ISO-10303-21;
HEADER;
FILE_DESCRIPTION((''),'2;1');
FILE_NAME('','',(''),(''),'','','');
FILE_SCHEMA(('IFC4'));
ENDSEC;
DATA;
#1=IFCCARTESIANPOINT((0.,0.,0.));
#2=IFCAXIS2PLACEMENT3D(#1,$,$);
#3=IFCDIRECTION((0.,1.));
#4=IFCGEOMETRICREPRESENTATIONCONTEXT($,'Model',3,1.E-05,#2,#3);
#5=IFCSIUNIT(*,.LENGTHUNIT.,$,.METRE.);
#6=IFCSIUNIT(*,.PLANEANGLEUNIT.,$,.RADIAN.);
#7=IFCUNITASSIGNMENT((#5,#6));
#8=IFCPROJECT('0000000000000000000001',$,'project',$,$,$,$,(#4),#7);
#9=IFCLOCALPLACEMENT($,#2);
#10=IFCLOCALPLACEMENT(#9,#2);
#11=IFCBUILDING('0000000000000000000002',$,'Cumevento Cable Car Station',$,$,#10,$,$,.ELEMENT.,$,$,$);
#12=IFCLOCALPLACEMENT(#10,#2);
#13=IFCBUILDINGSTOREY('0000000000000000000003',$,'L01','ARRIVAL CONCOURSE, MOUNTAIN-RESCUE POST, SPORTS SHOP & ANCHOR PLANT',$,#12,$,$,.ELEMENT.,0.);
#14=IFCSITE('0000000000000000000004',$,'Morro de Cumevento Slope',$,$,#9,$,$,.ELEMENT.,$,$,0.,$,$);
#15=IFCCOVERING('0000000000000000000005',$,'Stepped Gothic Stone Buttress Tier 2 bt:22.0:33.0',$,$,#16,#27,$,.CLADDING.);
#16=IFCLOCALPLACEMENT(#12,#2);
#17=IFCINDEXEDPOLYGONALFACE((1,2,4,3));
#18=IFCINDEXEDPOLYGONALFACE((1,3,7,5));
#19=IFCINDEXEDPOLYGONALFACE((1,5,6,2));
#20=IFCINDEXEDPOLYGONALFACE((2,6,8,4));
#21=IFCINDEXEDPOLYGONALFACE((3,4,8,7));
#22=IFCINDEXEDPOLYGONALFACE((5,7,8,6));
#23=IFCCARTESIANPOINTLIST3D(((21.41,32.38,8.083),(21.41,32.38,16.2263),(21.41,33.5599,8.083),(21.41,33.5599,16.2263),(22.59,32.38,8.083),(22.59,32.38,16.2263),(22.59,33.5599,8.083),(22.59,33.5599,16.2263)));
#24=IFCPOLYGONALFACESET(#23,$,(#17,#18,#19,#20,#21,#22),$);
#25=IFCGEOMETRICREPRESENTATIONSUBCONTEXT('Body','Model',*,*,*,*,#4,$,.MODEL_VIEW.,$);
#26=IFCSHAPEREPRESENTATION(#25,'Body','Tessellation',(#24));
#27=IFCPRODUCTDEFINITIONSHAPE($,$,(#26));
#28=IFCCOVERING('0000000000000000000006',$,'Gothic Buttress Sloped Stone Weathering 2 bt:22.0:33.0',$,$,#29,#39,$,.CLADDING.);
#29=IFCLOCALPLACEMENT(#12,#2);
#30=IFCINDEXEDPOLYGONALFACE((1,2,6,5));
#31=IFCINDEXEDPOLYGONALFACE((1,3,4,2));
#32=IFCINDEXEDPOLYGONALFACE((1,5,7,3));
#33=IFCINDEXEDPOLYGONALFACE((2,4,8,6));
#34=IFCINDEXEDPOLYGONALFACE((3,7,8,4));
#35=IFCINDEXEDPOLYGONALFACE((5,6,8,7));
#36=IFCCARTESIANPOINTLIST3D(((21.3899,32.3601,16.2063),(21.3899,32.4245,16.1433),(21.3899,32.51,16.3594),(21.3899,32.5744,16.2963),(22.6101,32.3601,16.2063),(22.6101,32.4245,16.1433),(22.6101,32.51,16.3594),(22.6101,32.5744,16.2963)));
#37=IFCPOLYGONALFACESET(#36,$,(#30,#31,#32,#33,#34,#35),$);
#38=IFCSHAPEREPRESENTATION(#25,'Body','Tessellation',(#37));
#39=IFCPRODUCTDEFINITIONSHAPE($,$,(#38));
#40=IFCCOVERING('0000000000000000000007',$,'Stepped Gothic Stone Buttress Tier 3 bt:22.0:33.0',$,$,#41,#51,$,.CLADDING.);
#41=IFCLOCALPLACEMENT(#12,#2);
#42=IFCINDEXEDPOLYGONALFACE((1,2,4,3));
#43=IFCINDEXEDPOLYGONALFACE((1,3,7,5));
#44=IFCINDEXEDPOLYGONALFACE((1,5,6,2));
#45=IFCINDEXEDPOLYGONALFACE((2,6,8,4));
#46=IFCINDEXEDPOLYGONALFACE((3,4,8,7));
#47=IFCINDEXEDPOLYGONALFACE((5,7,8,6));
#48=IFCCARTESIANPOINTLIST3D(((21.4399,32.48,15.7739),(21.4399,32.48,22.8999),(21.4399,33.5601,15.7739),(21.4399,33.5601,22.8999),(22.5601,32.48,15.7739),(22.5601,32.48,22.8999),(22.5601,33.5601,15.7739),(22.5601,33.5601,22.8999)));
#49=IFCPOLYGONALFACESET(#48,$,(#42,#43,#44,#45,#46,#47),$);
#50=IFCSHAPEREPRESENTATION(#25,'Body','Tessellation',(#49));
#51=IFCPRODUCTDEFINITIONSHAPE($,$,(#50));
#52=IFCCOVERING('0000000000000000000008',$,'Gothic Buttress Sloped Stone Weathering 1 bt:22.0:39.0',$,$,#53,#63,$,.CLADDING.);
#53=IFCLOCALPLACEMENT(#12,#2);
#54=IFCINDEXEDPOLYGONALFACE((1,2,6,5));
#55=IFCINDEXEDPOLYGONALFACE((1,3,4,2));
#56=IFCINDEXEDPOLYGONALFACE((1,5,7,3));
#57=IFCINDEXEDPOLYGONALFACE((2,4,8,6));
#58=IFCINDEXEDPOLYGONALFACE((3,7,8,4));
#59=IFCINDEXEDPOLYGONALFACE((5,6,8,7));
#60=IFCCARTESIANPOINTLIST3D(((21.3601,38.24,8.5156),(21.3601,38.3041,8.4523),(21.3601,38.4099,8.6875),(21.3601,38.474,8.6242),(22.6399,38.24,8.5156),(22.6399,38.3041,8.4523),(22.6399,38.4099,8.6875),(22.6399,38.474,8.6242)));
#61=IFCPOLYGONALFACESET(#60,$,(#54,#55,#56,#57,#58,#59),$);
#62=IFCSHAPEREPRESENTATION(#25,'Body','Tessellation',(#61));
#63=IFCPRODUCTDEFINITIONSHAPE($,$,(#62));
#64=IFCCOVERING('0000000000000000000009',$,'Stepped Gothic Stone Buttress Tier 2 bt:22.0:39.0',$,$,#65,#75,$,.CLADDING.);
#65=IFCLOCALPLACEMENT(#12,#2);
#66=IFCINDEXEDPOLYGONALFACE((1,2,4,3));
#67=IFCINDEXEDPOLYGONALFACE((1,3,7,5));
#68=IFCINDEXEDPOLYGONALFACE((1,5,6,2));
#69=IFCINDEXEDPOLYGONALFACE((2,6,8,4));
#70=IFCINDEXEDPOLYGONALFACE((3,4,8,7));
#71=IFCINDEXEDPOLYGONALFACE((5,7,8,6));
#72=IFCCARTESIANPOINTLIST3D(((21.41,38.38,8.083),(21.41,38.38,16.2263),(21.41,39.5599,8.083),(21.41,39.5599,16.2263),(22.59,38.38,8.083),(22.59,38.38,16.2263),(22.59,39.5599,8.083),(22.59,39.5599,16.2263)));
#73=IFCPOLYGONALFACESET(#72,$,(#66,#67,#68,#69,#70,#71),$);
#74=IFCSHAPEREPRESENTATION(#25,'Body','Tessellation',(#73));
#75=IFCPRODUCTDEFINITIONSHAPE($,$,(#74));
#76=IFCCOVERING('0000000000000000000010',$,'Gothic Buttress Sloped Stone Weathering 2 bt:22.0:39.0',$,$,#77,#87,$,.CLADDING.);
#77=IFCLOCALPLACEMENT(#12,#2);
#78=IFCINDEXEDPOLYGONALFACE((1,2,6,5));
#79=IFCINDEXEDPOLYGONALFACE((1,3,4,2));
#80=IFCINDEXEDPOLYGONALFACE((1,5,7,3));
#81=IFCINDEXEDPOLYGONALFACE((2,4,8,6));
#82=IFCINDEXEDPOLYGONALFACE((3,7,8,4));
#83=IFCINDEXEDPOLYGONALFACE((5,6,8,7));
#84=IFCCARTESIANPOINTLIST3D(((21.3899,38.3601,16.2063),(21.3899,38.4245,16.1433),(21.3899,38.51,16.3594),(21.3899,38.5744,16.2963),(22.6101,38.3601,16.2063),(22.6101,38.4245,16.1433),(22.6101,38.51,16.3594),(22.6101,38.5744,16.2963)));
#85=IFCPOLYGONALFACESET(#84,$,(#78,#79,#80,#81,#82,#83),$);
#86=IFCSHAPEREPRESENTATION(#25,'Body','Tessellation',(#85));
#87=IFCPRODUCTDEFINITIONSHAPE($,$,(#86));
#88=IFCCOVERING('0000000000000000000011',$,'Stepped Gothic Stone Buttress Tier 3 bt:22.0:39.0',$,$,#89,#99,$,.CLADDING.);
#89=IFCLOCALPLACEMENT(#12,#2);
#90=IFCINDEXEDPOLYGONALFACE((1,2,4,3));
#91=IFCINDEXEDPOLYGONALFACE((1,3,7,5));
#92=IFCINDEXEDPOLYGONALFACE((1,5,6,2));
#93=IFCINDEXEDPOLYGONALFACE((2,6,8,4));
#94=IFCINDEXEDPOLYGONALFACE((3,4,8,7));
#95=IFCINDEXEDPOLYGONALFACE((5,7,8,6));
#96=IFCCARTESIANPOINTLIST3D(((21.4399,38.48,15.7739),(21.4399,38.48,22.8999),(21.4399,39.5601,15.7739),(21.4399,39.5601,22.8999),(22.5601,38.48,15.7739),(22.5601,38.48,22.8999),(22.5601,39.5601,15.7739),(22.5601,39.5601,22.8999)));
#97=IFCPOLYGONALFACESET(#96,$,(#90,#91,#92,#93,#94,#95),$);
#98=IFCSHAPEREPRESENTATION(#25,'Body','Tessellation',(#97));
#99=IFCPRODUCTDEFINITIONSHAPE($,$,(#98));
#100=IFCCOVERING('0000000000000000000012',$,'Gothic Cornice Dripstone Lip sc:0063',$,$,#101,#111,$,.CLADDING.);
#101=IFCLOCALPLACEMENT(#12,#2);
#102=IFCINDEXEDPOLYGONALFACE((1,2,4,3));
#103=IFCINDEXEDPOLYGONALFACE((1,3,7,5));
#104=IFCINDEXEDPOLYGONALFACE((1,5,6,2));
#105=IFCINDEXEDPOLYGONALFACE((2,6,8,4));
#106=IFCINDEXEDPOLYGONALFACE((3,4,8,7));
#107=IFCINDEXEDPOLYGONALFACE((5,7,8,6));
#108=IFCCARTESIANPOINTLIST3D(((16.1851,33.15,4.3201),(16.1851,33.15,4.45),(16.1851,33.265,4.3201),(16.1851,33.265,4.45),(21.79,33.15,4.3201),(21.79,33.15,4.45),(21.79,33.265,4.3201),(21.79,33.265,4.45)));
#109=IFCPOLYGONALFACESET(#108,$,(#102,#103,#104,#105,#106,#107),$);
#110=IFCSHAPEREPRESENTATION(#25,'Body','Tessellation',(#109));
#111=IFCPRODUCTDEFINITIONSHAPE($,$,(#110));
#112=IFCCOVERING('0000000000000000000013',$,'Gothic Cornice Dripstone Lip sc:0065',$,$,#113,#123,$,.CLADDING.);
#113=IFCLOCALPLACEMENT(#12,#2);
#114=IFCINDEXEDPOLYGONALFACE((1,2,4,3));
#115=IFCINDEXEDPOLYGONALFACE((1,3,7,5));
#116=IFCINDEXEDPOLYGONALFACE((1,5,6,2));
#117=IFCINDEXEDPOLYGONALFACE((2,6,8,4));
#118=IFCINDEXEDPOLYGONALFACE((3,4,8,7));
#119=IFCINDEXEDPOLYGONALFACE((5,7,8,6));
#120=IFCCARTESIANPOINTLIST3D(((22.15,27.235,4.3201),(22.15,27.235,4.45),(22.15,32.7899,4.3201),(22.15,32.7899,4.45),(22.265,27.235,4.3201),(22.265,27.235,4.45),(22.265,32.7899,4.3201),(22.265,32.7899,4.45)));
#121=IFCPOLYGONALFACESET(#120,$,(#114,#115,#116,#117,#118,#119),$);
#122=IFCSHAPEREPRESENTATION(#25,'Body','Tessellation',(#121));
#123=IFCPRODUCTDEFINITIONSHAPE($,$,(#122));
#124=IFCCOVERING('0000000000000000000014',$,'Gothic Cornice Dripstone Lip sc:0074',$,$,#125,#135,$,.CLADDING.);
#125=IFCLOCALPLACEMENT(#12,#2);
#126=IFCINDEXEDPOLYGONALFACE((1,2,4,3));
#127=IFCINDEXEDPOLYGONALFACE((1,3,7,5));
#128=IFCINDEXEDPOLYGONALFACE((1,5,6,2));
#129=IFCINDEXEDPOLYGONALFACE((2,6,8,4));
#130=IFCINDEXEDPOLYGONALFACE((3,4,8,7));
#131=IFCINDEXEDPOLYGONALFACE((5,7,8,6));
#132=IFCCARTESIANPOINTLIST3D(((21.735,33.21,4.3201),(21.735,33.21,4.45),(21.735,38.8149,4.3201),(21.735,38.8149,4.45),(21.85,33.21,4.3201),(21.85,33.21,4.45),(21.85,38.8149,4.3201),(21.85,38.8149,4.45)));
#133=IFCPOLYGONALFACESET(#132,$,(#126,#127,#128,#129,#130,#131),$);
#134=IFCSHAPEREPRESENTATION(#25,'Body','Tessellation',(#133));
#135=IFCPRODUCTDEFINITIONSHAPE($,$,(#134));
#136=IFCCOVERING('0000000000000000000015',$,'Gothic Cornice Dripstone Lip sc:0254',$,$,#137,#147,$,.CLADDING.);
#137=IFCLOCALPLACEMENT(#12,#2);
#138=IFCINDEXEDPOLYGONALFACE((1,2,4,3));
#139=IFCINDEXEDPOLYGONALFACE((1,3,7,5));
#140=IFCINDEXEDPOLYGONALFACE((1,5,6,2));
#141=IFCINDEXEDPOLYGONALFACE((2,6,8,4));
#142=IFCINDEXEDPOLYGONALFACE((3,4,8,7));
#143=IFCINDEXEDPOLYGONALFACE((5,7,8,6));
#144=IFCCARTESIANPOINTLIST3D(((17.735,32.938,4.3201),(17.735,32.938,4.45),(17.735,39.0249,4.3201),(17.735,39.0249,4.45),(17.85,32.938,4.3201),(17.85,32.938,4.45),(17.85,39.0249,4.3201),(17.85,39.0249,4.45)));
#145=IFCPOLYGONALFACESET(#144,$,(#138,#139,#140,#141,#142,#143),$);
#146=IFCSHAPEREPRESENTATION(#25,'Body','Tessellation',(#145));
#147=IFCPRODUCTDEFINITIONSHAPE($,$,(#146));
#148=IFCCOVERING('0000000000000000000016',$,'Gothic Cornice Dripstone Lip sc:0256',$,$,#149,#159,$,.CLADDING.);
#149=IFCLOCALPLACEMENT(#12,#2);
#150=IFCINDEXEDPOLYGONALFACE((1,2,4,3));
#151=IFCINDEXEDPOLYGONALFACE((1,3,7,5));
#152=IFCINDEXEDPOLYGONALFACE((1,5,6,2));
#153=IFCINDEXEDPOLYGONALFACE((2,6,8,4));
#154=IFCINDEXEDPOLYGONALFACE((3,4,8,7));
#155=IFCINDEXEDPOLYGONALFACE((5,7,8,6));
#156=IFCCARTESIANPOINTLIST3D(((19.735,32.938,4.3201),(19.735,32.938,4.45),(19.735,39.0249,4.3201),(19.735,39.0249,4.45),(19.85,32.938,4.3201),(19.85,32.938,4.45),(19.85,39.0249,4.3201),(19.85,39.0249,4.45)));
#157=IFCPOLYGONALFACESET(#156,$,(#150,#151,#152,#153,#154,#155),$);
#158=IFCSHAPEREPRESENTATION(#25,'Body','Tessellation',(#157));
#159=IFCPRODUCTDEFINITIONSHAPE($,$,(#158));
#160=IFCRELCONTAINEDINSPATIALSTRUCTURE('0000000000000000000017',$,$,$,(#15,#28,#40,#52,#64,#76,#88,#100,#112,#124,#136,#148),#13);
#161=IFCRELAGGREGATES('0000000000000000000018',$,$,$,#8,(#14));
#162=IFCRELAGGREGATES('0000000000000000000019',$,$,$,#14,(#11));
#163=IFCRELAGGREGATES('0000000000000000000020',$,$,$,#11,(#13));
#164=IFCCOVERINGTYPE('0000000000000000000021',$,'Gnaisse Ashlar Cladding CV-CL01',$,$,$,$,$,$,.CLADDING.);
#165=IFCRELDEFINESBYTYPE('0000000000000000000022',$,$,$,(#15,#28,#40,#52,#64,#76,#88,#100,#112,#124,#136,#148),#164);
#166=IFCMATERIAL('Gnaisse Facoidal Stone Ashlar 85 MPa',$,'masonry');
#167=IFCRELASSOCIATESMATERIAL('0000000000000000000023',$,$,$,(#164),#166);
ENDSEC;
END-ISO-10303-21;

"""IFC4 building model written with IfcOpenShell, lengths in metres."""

from ifc_helpers import new_model, si_unit, direction, frame, origin, origin_2d, place, context, subcontext, project, spatial, polyline, rectangle, outline, extrude, material, type_object, element, save


model = new_model("IFC4")

# Units and contexts
model_context = context("Model", 3, precision=1e-05, world=origin(), true_north=direction((0.0, 1.0)))
body_context = subcontext(model_context, "Body", "Model", "MODEL_VIEW")
ifc_project = project(units=[si_unit("LENGTHUNIT", "METRE"), si_unit("PLANEANGLEUNIT", "RADIAN")], contexts=[model_context])

# Site, building, storey
site_placement = place(None, origin())
site = spatial("IfcSite", under=ifc_project, at=site_placement, Name="Morro de Cumevento Slope", CompositionType="ELEMENT", RefElevation=0.0)
building_placement = place(site_placement, origin())
building = spatial("IfcBuilding", under=site, at=building_placement, Name="Cumevento Cable Car Station", CompositionType="ELEMENT")
storey_placement = place(building_placement, origin())
storey = spatial("IfcBuildingStorey", under=building, at=storey_placement, Name="L01", Description="ARRIVAL CONCOURSE, MOUNTAIN-RESCUE POST, SPORTS SHOP & ANCHOR PLANT", CompositionType="ELEMENT", Elevation=0.0)

# Coverings
ifc_material_1 = material(Name="Gnaisse Facoidal Stone Ashlar 85 MPa", Category="masonry")
covering_type = type_object("IfcCoveringType", Name="Gnaisse Ashlar Cladding CV-CL01", PredefinedType="CLADDING", material=ifc_material_1)
covering_1_placement = place(storey_placement, frame((22.0, 32.97, 8.083), z_axis=(0.0, 0.0, 1.0), x_axis=(1.0, 0.0, 0.0)))
element("IfcCovering", 1, at=covering_1_placement, inside=storey, type_object=covering_type, Name="Stepped Gothic Stone Buttress Tier 2 bt:22.0:33.0", PredefinedType="CLADDING", context=body_context, shape_type="SweptSolid", body=[
    extrude(rectangle(XDim=1.1799, YDim=1.1799, at=origin_2d()), origin(), (0.0, 0.0, 1.0), 8.1433),
])
covering_2_placement = place(storey_placement, frame((21.3899, 32.3601, 16.2063), z_axis=(0.0, -0.714475, 0.699661), x_axis=(1.0, 0.0, 0.0)))
element("IfcCovering", 2, at=covering_2_placement, inside=storey, type_object=covering_type, Name="Gothic Buttress Sloped Stone Weathering 2 bt:22.0:33.0", PredefinedType="CLADDING", context=body_context, shape_type="SweptSolid", body=[
    extrude(outline(polyline([(0.0, 0.0), (1.2202, 0.0), (1.2202, 0.2142), (0.0, 0.2142), (0.0, 0.0)])), origin(), (0.0, 0.0, -1.0), 0.0901),
])
covering_3_placement = place(storey_placement, frame((22.0, 33.02, 15.7739), z_axis=(0.0, 0.0, 1.0), x_axis=(1.0, 0.0, 0.0)))
element("IfcCovering", 3, at=covering_3_placement, inside=storey, type_object=covering_type, Name="Stepped Gothic Stone Buttress Tier 3 bt:22.0:33.0", PredefinedType="CLADDING", context=body_context, shape_type="SweptSolid", body=[
    extrude(rectangle(XDim=1.1201, YDim=1.0801, at=origin_2d()), origin(), (0.0, 0.0, 1.0), 7.126),
])
covering_4_placement = place(storey_placement, frame((21.3601, 38.24, 8.5156), z_axis=(0.0, -0.711136, 0.703055), x_axis=(1.0, 0.0, 0.0)))
element("IfcCovering", 4, at=covering_4_placement, inside=storey, type_object=covering_type, Name="Gothic Buttress Sloped Stone Weathering 1 bt:22.0:39.0", PredefinedType="CLADDING", context=body_context, shape_type="SweptSolid", body=[
    extrude(outline(polyline([(0.0, 0.0), (1.2798, 0.0), (1.2798, 0.2417), (0.0, 0.2417), (0.0, 0.0)])), origin(), (0.0, 0.0, -1.0), 0.0901),
])
covering_5_placement = place(storey_placement, frame((22.0, 38.97, 8.083), z_axis=(0.0, 0.0, 1.0), x_axis=(1.0, 0.0, 0.0)))
element("IfcCovering", 5, at=covering_5_placement, inside=storey, type_object=covering_type, Name="Stepped Gothic Stone Buttress Tier 2 bt:22.0:39.0", PredefinedType="CLADDING", context=body_context, shape_type="SweptSolid", body=[
    extrude(rectangle(XDim=1.1799, YDim=1.1799, at=origin_2d()), origin(), (0.0, 0.0, 1.0), 8.1433),
])
covering_6_placement = place(storey_placement, frame((21.3899, 38.3601, 16.2063), z_axis=(0.0, -0.714475, 0.699661), x_axis=(1.0, 0.0, 0.0)))
element("IfcCovering", 6, at=covering_6_placement, inside=storey, type_object=covering_type, Name="Gothic Buttress Sloped Stone Weathering 2 bt:22.0:39.0", PredefinedType="CLADDING", context=body_context, shape_type="SweptSolid", body=[
    extrude(outline(polyline([(0.0, 0.0), (1.2202, 0.0), (1.2202, 0.2142), (0.0, 0.2142), (0.0, 0.0)])), origin(), (0.0, 0.0, -1.0), 0.0901),
])
covering_7_placement = place(storey_placement, frame((22.0, 39.02, 15.7739), z_axis=(0.0, 0.0, 1.0), x_axis=(1.0, 0.0, 0.0)))
element("IfcCovering", 7, at=covering_7_placement, inside=storey, type_object=covering_type, Name="Stepped Gothic Stone Buttress Tier 3 bt:22.0:39.0", PredefinedType="CLADDING", context=body_context, shape_type="SweptSolid", body=[
    extrude(rectangle(XDim=1.1201, YDim=1.0801, at=origin_2d()), origin(), (0.0, 0.0, 1.0), 7.126),
])
covering_8_placement = place(storey_placement, frame((18.9875, 33.2075, 4.3201), z_axis=(0.0, 0.0, 1.0), x_axis=(1.0, 0.0, 0.0)))
element("IfcCovering", 8, at=covering_8_placement, inside=storey, type_object=covering_type, Name="Gothic Cornice Dripstone Lip sc:0063", PredefinedType="CLADDING", context=body_context, shape_type="SweptSolid", body=[
    extrude(rectangle(XDim=5.605, YDim=0.115, at=origin_2d()), origin(), (0.0, 0.0, 1.0), 0.1299),
])
covering_9_placement = place(storey_placement, frame((22.2075, 30.0125, 4.3201), z_axis=(0.0, 0.0, 1.0), x_axis=(0.0, -1.0, 0.0)))
element("IfcCovering", 9, at=covering_9_placement, inside=storey, type_object=covering_type, Name="Gothic Cornice Dripstone Lip sc:0065", PredefinedType="CLADDING", context=body_context, shape_type="SweptSolid", body=[
    extrude(rectangle(XDim=5.5549, YDim=0.115, at=origin_2d()), origin(), (0.0, 0.0, 1.0), 0.1299),
])
covering_10_placement = place(storey_placement, frame((21.7925, 36.0125, 4.3201), z_axis=(0.0, 0.0, 1.0), x_axis=(0.0, 1.0, 0.0)))
element("IfcCovering", 10, at=covering_10_placement, inside=storey, type_object=covering_type, Name="Gothic Cornice Dripstone Lip sc:0074", PredefinedType="CLADDING", context=body_context, shape_type="SweptSolid", body=[
    extrude(rectangle(XDim=5.605, YDim=0.115, at=origin_2d()), origin(), (0.0, 0.0, 1.0), 0.1299),
])
for number, where, z_axis, x_axis, name in (
    (11, (17.7925, 35.9814, 4.3201), (0.0, 0.0, 1.0), (0.0, 1.0, 0.0), "Gothic Cornice Dripstone Lip sc:0254"),
    (12, (19.7925, 35.9814, 4.3201), (0.0, 0.0, 1.0), (0.0, 1.0, 0.0), "Gothic Cornice Dripstone Lip sc:0256"),
):
    element("IfcCovering", number, at=place(storey_placement, frame(where, z_axis=z_axis, x_axis=x_axis)), inside=storey, type_object=covering_type, Name=name, PredefinedType="CLADDING", context=body_context, shape_type="SweptSolid", body=[
        extrude(rectangle(XDim=6.0869, YDim=0.115, at=origin_2d()), origin(), (0.0, 0.0, 1.0), 0.1299),
    ])

save(model, "model.ifc")
